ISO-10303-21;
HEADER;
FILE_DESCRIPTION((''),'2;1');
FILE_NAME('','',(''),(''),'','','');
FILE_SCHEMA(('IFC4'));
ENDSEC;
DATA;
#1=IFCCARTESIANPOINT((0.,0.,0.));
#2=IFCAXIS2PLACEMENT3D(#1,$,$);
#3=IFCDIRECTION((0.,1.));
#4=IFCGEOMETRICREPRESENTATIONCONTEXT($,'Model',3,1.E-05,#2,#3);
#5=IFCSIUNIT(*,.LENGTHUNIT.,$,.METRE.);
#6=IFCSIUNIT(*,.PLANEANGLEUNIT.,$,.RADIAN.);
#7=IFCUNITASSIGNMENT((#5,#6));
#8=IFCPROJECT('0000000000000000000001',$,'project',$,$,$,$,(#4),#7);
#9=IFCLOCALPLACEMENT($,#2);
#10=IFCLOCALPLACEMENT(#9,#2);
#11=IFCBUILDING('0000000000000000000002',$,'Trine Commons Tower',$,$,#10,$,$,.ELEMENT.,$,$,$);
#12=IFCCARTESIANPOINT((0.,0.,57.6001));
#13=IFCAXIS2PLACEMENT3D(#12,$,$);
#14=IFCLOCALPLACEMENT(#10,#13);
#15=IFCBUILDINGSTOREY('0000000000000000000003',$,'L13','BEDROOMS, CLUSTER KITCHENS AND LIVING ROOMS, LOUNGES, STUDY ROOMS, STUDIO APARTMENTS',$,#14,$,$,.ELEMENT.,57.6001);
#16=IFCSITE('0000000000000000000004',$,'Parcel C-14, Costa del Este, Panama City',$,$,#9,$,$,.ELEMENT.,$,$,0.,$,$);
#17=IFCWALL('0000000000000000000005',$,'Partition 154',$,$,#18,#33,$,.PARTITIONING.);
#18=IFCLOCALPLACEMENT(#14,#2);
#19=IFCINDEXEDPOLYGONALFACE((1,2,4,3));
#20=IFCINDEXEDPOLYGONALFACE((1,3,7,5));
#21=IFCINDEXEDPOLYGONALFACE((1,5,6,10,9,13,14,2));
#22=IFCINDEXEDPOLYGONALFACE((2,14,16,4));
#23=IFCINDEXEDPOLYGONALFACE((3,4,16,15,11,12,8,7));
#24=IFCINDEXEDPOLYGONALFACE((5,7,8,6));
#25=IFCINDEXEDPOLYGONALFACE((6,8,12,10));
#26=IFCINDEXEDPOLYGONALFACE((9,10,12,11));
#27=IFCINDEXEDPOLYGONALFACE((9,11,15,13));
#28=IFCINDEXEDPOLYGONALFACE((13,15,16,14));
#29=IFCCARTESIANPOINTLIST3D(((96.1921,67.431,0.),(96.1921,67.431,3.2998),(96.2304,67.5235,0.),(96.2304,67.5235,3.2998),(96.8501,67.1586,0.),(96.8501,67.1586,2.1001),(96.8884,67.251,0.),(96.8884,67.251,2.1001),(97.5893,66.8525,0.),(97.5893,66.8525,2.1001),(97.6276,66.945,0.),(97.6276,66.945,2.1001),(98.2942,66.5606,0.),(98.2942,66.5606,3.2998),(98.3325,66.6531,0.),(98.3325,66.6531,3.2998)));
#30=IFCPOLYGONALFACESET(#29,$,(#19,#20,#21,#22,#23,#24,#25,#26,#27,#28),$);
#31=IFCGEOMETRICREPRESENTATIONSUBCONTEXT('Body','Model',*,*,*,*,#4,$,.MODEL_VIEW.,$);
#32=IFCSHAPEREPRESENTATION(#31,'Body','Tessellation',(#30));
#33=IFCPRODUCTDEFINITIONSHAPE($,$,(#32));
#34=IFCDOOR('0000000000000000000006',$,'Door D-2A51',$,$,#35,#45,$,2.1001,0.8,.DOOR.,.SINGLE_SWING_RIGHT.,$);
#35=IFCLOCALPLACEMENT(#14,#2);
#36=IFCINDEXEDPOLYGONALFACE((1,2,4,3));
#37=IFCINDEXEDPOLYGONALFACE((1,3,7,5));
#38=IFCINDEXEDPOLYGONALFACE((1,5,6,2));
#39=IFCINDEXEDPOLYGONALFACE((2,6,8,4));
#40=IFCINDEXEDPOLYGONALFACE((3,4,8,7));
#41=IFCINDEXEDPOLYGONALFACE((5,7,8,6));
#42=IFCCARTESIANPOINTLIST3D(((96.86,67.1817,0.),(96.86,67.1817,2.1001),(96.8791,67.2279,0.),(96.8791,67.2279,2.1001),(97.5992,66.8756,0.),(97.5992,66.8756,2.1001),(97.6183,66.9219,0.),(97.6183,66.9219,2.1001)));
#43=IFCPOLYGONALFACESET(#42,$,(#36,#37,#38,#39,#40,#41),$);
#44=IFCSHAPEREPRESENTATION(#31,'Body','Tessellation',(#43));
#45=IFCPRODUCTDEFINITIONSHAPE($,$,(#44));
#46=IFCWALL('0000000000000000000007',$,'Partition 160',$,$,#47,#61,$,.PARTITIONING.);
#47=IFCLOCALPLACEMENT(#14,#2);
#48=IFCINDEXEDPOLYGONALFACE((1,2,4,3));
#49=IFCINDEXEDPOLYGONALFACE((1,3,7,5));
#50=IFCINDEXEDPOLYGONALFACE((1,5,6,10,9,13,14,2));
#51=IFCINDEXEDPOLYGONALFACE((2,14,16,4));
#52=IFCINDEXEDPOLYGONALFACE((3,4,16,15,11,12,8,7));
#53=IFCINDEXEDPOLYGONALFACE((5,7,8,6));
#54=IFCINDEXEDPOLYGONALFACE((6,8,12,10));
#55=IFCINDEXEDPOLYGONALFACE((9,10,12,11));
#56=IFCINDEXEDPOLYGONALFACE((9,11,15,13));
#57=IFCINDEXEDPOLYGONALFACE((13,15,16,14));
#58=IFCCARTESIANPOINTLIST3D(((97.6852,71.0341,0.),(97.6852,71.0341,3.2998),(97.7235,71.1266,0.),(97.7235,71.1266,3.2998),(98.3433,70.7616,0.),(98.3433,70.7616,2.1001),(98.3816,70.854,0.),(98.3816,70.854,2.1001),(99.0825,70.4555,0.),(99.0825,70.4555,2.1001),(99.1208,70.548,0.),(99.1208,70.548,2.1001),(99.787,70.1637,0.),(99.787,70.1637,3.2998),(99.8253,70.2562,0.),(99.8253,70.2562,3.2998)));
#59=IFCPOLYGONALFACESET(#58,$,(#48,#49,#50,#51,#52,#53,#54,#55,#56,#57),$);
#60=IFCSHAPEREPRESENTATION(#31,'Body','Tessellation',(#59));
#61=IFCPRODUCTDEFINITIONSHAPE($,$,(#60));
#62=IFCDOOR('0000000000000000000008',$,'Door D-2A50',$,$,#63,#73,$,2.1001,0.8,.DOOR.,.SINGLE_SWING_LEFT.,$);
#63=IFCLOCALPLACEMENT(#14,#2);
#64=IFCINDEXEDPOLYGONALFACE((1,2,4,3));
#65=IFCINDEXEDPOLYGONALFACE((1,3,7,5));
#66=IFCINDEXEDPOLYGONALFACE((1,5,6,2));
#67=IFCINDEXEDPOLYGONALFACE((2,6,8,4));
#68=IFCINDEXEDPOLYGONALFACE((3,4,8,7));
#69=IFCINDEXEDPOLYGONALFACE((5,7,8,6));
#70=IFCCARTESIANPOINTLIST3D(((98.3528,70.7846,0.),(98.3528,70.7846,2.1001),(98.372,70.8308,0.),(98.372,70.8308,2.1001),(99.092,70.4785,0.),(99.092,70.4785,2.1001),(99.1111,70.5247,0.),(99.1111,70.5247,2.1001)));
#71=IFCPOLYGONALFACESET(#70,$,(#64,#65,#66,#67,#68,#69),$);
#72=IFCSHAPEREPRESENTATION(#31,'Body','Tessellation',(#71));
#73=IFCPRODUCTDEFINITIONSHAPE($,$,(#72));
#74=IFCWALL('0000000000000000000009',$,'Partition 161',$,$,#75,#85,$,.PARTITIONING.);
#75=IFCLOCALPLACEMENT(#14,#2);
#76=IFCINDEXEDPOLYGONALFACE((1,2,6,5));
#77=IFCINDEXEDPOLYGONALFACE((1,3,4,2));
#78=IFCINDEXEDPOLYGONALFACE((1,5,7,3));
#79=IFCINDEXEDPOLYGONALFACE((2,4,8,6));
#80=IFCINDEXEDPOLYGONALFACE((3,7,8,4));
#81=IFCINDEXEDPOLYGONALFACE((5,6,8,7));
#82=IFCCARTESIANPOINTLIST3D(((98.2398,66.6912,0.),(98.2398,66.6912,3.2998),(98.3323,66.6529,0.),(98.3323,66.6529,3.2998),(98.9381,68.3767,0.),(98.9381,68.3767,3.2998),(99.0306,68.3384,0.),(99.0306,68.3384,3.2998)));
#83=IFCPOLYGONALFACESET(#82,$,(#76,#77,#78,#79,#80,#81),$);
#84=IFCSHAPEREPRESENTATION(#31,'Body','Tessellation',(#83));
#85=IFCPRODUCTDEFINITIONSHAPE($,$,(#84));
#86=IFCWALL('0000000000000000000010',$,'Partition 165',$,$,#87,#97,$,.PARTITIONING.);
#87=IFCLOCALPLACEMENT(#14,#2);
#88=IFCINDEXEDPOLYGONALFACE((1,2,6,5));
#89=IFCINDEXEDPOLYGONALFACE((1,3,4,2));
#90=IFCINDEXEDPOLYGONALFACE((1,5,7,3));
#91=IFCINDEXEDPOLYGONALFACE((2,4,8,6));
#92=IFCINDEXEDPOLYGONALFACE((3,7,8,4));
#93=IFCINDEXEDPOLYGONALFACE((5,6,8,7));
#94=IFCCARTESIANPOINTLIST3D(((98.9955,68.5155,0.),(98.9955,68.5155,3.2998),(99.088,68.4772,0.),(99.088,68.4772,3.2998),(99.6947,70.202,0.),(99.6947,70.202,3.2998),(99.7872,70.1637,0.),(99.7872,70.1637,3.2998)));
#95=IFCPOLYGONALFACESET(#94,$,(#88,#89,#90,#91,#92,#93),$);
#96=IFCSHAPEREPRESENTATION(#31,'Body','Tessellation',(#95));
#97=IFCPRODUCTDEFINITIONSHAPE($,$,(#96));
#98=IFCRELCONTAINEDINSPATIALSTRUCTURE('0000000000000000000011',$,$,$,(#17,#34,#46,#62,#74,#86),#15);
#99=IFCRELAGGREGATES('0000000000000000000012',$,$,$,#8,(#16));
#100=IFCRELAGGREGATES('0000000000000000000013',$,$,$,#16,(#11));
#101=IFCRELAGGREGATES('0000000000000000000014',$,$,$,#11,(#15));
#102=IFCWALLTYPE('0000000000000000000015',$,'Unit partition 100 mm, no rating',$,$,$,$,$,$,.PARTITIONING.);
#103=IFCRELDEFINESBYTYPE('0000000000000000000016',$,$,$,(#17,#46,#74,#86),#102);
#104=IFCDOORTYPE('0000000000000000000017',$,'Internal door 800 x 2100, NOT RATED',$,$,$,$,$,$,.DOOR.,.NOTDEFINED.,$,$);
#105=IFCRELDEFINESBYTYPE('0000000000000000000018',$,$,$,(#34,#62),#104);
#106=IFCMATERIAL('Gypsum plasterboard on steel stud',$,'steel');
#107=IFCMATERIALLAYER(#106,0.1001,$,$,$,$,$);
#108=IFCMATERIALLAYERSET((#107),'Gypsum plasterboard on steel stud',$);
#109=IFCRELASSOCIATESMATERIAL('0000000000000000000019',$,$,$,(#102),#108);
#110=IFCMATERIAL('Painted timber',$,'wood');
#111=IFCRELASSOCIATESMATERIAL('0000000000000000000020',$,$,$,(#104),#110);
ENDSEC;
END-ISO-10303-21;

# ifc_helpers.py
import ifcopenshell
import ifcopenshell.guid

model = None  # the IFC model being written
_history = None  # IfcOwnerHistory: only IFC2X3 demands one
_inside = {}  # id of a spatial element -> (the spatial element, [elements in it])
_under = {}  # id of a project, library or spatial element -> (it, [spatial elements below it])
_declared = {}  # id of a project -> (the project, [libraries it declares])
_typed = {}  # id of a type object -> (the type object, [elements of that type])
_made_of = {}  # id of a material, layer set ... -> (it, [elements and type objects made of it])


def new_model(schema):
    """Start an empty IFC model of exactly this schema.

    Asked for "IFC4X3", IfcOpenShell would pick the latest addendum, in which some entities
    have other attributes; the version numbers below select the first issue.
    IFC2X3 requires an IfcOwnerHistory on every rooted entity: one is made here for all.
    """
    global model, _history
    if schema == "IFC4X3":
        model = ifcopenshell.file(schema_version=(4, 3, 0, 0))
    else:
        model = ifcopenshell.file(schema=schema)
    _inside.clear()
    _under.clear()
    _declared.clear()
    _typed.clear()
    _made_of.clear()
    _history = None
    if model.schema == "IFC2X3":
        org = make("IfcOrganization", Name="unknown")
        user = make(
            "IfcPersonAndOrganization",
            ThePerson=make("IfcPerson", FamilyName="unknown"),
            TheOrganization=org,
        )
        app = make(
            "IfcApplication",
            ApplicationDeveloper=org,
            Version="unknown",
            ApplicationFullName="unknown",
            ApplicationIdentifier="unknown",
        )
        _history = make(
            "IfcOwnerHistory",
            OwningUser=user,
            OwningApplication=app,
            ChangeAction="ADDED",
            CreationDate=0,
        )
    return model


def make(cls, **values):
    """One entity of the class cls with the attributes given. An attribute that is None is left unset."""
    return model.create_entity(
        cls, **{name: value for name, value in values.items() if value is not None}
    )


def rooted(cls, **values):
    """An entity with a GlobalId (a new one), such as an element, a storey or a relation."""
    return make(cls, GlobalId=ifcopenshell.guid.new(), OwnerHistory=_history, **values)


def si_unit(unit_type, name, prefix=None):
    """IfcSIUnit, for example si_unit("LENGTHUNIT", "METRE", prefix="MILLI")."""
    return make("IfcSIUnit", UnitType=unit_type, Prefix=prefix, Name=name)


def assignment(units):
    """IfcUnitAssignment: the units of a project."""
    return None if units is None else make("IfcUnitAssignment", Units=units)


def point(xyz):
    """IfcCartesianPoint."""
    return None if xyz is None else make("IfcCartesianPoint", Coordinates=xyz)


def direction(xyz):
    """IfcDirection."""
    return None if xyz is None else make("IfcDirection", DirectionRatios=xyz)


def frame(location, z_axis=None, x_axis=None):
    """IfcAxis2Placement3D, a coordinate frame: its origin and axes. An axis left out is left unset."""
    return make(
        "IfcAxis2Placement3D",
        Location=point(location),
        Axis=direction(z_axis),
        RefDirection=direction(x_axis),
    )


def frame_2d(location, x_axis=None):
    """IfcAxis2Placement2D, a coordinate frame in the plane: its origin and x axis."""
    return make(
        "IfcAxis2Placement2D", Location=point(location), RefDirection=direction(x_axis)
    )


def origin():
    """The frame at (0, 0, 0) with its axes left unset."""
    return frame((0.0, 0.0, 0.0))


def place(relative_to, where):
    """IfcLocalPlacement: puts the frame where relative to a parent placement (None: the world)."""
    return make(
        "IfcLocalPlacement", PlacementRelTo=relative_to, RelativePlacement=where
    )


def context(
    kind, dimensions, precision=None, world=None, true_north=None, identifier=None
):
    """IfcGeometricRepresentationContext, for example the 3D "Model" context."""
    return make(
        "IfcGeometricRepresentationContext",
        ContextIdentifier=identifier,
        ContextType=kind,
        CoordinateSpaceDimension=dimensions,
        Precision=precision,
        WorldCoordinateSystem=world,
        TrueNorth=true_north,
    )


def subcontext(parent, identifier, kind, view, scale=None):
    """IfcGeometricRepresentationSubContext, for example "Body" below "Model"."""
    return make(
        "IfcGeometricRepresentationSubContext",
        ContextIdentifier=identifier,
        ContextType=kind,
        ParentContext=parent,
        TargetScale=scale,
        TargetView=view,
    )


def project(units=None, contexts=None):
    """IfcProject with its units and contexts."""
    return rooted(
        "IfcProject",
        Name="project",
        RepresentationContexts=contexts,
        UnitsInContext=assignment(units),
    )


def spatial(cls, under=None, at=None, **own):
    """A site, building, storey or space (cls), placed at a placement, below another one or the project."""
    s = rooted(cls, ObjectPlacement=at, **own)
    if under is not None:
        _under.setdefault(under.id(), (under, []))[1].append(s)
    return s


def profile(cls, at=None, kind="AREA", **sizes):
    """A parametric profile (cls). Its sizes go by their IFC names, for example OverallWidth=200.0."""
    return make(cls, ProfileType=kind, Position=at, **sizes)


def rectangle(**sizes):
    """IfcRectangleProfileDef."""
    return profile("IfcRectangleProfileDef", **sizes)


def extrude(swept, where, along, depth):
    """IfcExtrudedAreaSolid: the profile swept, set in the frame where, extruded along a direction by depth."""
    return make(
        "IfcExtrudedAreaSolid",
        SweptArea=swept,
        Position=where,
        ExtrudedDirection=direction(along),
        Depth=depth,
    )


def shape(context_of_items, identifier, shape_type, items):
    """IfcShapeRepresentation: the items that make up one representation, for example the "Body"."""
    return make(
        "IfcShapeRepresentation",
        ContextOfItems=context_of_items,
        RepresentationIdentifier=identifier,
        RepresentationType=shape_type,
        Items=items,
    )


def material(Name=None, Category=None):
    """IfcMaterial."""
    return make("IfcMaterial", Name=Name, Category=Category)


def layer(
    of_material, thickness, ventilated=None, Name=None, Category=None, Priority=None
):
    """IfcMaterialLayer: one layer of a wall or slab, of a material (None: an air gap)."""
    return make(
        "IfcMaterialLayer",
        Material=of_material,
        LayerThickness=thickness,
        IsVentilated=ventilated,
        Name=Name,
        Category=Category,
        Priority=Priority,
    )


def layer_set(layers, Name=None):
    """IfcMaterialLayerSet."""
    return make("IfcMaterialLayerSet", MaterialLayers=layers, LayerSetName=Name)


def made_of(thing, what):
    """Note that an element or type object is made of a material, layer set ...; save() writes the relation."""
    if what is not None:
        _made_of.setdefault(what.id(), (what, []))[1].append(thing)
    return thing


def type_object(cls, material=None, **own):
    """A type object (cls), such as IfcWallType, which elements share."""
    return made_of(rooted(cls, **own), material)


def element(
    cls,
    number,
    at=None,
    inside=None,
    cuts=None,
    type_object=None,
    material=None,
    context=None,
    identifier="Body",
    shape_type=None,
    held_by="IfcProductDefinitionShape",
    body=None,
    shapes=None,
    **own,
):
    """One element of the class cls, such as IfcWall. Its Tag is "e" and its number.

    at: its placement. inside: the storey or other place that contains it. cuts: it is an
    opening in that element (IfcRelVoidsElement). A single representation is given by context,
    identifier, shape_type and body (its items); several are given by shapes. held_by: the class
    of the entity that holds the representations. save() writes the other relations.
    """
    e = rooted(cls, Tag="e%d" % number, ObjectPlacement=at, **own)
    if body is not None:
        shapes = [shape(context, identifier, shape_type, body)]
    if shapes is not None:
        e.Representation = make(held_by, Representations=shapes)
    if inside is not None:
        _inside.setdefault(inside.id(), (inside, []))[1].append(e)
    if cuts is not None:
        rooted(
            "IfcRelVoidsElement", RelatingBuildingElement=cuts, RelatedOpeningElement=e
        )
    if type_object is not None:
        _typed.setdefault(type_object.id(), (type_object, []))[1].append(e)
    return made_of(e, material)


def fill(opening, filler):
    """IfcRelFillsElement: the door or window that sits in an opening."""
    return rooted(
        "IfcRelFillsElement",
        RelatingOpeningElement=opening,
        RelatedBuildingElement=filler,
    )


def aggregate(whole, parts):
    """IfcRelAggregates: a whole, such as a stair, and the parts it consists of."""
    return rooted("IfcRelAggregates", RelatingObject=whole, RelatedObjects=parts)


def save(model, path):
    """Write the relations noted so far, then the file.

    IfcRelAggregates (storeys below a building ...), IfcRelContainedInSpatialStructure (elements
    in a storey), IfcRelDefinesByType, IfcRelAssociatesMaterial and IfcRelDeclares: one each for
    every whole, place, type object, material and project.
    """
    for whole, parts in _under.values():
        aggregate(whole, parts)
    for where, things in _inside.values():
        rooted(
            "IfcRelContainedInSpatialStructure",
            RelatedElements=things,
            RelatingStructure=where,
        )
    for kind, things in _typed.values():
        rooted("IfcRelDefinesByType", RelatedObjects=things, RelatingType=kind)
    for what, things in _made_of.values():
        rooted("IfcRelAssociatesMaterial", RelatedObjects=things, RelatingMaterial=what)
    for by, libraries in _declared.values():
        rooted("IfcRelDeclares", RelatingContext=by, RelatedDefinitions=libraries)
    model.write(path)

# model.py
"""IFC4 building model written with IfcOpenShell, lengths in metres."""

from ifc_helpers import new_model, si_unit, direction, frame, frame_2d, origin, place, context, subcontext, project, spatial, rectangle, extrude, material, layer, layer_set, type_object, element, fill, save


model = new_model("IFC4")

# Units and contexts
model_context = context("Model", 3, precision=1e-05, world=origin(), true_north=direction((0.0, 1.0)))
body_context = subcontext(model_context, "Body", "Model", "MODEL_VIEW")
ifc_project = project(units=[si_unit("LENGTHUNIT", "METRE"), si_unit("PLANEANGLEUNIT", "RADIAN")], contexts=[model_context])

# Site, building, storey
site_placement = place(None, origin())
site = spatial("IfcSite", under=ifc_project, at=site_placement, Name="Parcel C-14, Costa del Este, Panama City", CompositionType="ELEMENT", RefElevation=0.0)
building_placement = place(site_placement, origin())
building = spatial("IfcBuilding", under=site, at=building_placement, Name="Trine Commons Tower", CompositionType="ELEMENT")
storey_placement = place(building_placement, frame((0.0, 0.0, 57.6001)))
storey = spatial("IfcBuildingStorey", under=building, at=storey_placement, Name="L13", Description="BEDROOMS, CLUSTER KITCHENS AND LIVING ROOMS, LOUNGES, STUDY ROOMS, STUDIO APARTMENTS", CompositionType="ELEMENT", Elevation=57.6001)

# Shared definitions
ifc_material_1 = material(Name="Gypsum plasterboard on steel stud", Category="steel")

# Walls, openings, doors
ifc_layer_1 = layer(ifc_material_1, 0.1001)
ifc_layer_set_1 = layer_set([ifc_layer_1], Name="Gypsum plasterboard on steel stud")
wall_type_1 = type_object("IfcWallType", Name="Unit partition 100 mm, no rating", PredefinedType="PARTITIONING", material=ifc_layer_set_1)
ifc_material_2 = material(Name="Painted timber", Category="wood")
door_type_1 = type_object("IfcDoorType", Name="Internal door 800 x 2100, NOT RATED", OperationType="NOTDEFINED", PredefinedType="DOOR", material=ifc_material_2)
wall_1_placement = place(storey_placement, frame((96.2112, 67.4773, 0.0), z_axis=(0.0, 0.0, 1.0), x_axis=(0.923932, -0.382557, 0.0)))
wall_1 = element("IfcWall", 1, at=wall_1_placement, inside=storey, type_object=wall_type_1, Name="Partition 154", PredefinedType="PARTITIONING", context=body_context, shape_type="SweptSolid", body=[
    extrude(rectangle(XDim=2.2751, YDim=0.1001, at=frame_2d((1.1377, 0.0))), origin(), (0.0, 0.0, 1.0), 3.2998),
])
opening_1_placement = place(wall_1_placement, frame((0.7124, 0.0, 0.0)))
opening_1 = element("IfcOpeningElement", 2, at=opening_1_placement, cuts=wall_1, PredefinedType="OPENING", context=body_context, shape_type="SweptSolid", body=[
    extrude(rectangle(XDim=0.8, YDim=2.1001, at=frame_2d((0.3999, 1.05))), frame((0.0, 0.0601, 0.0), z_axis=(0.0, -1.0, 0.0), x_axis=(1.0, 0.0, 0.0)), (0.0, 0.0, 1.0), 0.1201),
])
door_1_placement = place(opening_1_placement, frame((0.8, 0.0, 0.0), z_axis=(0.0, 0.0, 1.0), x_axis=(-1.0, 0.0, 0.0)))
door_1 = element("IfcDoor", 3, at=door_1_placement, inside=storey, type_object=door_type_1, Name="Door D-2A51", OperationType="SINGLE_SWING_RIGHT", OverallHeight=2.1001, OverallWidth=0.8, PredefinedType="DOOR", context=body_context, shape_type="SweptSolid", body=[
    extrude(rectangle(XDim=0.8, YDim=2.1001, at=frame_2d((0.3999, 1.05))), frame((0.0, 0.0249, 0.0), z_axis=(0.0, -1.0, 0.0), x_axis=(1.0, 0.0, 0.0)), (0.0, 0.0, 1.0), 0.05),
])
fill(opening_1, door_1)
wall_2_placement = place(storey_placement, frame((97.7043, 71.0803, 0.0), z_axis=(0.0, 0.0, 1.0), x_axis=(0.923916, -0.382595, 0.0)))
wall_2 = element("IfcWall", 4, at=wall_2_placement, inside=storey, type_object=wall_type_1, Name="Partition 160", PredefinedType="PARTITIONING", context=body_context, shape_type="SweptSolid", body=[
    extrude(rectangle(XDim=2.2749, YDim=0.1001, at=frame_2d((1.1375, 0.0))), origin(), (0.0, 0.0, 1.0), 3.2998),
])
opening_2_placement = place(wall_2_placement, frame((0.7124, 0.0, 0.0)))
opening_2 = element("IfcOpeningElement", 5, at=opening_2_placement, cuts=wall_2, PredefinedType="OPENING", context=body_context, shape_type="SweptSolid", body=[
    extrude(rectangle(XDim=0.8, YDim=2.1001, at=frame_2d((0.3999, 1.05))), frame((0.0, 0.0601, 0.0), z_axis=(0.0, -1.0, 0.0), x_axis=(1.0, 0.0, 0.0)), (0.0, 0.0, 1.0), 0.1201),
])
door_2_placement = place(opening_2_placement, origin())
door_2 = element("IfcDoor", 6, at=door_2_placement, inside=storey, type_object=door_type_1, Name="Door D-2A50", OperationType="SINGLE_SWING_LEFT", OverallHeight=2.1001, OverallWidth=0.8, PredefinedType="DOOR", context=body_context, shape_type="SweptSolid", body=[
    extrude(rectangle(XDim=0.8, YDim=2.1001, at=frame_2d((0.3999, 1.05))), frame((0.0, 0.0249, 0.0), z_axis=(0.0, -1.0, 0.0), x_axis=(1.0, 0.0, 0.0)), (0.0, 0.0, 1.0), 0.05),
])
fill(opening_2, door_2)

# Walls
wall_3_placement = place(storey_placement, frame((98.2861, 66.6721, 0.0), z_axis=(0.0, 0.0, 1.0), x_axis=(0.382714, 0.923867, 0.0)))
element("IfcWall", 7, at=wall_3_placement, inside=storey, type_object=wall_type_1, Name="Partition 161", PredefinedType="PARTITIONING", context=body_context, shape_type="SweptSolid", body=[
    extrude(rectangle(XDim=1.8245, YDim=0.1001, at=frame_2d((0.9121, 0.0))), origin(), (0.0, 0.0, 1.0), 3.2998),
])
wall_4_placement = place(storey_placement, frame((99.0417, 68.4963, 0.0), z_axis=(0.0, 0.0, 1.0), x_axis=(0.382982, 0.923756, 0.0)))
element("IfcWall", 8, at=wall_4_placement, inside=storey, type_object=wall_type_1, Name="Partition 165", PredefinedType="PARTITIONING", context=body_context, shape_type="SweptSolid", body=[
    extrude(rectangle(XDim=1.8257, YDim=0.1001, at=frame_2d((0.9128, 0.0))), origin(), (0.0, 0.0, 1.0), 3.2998),
])

save(model, "model.ifc")
